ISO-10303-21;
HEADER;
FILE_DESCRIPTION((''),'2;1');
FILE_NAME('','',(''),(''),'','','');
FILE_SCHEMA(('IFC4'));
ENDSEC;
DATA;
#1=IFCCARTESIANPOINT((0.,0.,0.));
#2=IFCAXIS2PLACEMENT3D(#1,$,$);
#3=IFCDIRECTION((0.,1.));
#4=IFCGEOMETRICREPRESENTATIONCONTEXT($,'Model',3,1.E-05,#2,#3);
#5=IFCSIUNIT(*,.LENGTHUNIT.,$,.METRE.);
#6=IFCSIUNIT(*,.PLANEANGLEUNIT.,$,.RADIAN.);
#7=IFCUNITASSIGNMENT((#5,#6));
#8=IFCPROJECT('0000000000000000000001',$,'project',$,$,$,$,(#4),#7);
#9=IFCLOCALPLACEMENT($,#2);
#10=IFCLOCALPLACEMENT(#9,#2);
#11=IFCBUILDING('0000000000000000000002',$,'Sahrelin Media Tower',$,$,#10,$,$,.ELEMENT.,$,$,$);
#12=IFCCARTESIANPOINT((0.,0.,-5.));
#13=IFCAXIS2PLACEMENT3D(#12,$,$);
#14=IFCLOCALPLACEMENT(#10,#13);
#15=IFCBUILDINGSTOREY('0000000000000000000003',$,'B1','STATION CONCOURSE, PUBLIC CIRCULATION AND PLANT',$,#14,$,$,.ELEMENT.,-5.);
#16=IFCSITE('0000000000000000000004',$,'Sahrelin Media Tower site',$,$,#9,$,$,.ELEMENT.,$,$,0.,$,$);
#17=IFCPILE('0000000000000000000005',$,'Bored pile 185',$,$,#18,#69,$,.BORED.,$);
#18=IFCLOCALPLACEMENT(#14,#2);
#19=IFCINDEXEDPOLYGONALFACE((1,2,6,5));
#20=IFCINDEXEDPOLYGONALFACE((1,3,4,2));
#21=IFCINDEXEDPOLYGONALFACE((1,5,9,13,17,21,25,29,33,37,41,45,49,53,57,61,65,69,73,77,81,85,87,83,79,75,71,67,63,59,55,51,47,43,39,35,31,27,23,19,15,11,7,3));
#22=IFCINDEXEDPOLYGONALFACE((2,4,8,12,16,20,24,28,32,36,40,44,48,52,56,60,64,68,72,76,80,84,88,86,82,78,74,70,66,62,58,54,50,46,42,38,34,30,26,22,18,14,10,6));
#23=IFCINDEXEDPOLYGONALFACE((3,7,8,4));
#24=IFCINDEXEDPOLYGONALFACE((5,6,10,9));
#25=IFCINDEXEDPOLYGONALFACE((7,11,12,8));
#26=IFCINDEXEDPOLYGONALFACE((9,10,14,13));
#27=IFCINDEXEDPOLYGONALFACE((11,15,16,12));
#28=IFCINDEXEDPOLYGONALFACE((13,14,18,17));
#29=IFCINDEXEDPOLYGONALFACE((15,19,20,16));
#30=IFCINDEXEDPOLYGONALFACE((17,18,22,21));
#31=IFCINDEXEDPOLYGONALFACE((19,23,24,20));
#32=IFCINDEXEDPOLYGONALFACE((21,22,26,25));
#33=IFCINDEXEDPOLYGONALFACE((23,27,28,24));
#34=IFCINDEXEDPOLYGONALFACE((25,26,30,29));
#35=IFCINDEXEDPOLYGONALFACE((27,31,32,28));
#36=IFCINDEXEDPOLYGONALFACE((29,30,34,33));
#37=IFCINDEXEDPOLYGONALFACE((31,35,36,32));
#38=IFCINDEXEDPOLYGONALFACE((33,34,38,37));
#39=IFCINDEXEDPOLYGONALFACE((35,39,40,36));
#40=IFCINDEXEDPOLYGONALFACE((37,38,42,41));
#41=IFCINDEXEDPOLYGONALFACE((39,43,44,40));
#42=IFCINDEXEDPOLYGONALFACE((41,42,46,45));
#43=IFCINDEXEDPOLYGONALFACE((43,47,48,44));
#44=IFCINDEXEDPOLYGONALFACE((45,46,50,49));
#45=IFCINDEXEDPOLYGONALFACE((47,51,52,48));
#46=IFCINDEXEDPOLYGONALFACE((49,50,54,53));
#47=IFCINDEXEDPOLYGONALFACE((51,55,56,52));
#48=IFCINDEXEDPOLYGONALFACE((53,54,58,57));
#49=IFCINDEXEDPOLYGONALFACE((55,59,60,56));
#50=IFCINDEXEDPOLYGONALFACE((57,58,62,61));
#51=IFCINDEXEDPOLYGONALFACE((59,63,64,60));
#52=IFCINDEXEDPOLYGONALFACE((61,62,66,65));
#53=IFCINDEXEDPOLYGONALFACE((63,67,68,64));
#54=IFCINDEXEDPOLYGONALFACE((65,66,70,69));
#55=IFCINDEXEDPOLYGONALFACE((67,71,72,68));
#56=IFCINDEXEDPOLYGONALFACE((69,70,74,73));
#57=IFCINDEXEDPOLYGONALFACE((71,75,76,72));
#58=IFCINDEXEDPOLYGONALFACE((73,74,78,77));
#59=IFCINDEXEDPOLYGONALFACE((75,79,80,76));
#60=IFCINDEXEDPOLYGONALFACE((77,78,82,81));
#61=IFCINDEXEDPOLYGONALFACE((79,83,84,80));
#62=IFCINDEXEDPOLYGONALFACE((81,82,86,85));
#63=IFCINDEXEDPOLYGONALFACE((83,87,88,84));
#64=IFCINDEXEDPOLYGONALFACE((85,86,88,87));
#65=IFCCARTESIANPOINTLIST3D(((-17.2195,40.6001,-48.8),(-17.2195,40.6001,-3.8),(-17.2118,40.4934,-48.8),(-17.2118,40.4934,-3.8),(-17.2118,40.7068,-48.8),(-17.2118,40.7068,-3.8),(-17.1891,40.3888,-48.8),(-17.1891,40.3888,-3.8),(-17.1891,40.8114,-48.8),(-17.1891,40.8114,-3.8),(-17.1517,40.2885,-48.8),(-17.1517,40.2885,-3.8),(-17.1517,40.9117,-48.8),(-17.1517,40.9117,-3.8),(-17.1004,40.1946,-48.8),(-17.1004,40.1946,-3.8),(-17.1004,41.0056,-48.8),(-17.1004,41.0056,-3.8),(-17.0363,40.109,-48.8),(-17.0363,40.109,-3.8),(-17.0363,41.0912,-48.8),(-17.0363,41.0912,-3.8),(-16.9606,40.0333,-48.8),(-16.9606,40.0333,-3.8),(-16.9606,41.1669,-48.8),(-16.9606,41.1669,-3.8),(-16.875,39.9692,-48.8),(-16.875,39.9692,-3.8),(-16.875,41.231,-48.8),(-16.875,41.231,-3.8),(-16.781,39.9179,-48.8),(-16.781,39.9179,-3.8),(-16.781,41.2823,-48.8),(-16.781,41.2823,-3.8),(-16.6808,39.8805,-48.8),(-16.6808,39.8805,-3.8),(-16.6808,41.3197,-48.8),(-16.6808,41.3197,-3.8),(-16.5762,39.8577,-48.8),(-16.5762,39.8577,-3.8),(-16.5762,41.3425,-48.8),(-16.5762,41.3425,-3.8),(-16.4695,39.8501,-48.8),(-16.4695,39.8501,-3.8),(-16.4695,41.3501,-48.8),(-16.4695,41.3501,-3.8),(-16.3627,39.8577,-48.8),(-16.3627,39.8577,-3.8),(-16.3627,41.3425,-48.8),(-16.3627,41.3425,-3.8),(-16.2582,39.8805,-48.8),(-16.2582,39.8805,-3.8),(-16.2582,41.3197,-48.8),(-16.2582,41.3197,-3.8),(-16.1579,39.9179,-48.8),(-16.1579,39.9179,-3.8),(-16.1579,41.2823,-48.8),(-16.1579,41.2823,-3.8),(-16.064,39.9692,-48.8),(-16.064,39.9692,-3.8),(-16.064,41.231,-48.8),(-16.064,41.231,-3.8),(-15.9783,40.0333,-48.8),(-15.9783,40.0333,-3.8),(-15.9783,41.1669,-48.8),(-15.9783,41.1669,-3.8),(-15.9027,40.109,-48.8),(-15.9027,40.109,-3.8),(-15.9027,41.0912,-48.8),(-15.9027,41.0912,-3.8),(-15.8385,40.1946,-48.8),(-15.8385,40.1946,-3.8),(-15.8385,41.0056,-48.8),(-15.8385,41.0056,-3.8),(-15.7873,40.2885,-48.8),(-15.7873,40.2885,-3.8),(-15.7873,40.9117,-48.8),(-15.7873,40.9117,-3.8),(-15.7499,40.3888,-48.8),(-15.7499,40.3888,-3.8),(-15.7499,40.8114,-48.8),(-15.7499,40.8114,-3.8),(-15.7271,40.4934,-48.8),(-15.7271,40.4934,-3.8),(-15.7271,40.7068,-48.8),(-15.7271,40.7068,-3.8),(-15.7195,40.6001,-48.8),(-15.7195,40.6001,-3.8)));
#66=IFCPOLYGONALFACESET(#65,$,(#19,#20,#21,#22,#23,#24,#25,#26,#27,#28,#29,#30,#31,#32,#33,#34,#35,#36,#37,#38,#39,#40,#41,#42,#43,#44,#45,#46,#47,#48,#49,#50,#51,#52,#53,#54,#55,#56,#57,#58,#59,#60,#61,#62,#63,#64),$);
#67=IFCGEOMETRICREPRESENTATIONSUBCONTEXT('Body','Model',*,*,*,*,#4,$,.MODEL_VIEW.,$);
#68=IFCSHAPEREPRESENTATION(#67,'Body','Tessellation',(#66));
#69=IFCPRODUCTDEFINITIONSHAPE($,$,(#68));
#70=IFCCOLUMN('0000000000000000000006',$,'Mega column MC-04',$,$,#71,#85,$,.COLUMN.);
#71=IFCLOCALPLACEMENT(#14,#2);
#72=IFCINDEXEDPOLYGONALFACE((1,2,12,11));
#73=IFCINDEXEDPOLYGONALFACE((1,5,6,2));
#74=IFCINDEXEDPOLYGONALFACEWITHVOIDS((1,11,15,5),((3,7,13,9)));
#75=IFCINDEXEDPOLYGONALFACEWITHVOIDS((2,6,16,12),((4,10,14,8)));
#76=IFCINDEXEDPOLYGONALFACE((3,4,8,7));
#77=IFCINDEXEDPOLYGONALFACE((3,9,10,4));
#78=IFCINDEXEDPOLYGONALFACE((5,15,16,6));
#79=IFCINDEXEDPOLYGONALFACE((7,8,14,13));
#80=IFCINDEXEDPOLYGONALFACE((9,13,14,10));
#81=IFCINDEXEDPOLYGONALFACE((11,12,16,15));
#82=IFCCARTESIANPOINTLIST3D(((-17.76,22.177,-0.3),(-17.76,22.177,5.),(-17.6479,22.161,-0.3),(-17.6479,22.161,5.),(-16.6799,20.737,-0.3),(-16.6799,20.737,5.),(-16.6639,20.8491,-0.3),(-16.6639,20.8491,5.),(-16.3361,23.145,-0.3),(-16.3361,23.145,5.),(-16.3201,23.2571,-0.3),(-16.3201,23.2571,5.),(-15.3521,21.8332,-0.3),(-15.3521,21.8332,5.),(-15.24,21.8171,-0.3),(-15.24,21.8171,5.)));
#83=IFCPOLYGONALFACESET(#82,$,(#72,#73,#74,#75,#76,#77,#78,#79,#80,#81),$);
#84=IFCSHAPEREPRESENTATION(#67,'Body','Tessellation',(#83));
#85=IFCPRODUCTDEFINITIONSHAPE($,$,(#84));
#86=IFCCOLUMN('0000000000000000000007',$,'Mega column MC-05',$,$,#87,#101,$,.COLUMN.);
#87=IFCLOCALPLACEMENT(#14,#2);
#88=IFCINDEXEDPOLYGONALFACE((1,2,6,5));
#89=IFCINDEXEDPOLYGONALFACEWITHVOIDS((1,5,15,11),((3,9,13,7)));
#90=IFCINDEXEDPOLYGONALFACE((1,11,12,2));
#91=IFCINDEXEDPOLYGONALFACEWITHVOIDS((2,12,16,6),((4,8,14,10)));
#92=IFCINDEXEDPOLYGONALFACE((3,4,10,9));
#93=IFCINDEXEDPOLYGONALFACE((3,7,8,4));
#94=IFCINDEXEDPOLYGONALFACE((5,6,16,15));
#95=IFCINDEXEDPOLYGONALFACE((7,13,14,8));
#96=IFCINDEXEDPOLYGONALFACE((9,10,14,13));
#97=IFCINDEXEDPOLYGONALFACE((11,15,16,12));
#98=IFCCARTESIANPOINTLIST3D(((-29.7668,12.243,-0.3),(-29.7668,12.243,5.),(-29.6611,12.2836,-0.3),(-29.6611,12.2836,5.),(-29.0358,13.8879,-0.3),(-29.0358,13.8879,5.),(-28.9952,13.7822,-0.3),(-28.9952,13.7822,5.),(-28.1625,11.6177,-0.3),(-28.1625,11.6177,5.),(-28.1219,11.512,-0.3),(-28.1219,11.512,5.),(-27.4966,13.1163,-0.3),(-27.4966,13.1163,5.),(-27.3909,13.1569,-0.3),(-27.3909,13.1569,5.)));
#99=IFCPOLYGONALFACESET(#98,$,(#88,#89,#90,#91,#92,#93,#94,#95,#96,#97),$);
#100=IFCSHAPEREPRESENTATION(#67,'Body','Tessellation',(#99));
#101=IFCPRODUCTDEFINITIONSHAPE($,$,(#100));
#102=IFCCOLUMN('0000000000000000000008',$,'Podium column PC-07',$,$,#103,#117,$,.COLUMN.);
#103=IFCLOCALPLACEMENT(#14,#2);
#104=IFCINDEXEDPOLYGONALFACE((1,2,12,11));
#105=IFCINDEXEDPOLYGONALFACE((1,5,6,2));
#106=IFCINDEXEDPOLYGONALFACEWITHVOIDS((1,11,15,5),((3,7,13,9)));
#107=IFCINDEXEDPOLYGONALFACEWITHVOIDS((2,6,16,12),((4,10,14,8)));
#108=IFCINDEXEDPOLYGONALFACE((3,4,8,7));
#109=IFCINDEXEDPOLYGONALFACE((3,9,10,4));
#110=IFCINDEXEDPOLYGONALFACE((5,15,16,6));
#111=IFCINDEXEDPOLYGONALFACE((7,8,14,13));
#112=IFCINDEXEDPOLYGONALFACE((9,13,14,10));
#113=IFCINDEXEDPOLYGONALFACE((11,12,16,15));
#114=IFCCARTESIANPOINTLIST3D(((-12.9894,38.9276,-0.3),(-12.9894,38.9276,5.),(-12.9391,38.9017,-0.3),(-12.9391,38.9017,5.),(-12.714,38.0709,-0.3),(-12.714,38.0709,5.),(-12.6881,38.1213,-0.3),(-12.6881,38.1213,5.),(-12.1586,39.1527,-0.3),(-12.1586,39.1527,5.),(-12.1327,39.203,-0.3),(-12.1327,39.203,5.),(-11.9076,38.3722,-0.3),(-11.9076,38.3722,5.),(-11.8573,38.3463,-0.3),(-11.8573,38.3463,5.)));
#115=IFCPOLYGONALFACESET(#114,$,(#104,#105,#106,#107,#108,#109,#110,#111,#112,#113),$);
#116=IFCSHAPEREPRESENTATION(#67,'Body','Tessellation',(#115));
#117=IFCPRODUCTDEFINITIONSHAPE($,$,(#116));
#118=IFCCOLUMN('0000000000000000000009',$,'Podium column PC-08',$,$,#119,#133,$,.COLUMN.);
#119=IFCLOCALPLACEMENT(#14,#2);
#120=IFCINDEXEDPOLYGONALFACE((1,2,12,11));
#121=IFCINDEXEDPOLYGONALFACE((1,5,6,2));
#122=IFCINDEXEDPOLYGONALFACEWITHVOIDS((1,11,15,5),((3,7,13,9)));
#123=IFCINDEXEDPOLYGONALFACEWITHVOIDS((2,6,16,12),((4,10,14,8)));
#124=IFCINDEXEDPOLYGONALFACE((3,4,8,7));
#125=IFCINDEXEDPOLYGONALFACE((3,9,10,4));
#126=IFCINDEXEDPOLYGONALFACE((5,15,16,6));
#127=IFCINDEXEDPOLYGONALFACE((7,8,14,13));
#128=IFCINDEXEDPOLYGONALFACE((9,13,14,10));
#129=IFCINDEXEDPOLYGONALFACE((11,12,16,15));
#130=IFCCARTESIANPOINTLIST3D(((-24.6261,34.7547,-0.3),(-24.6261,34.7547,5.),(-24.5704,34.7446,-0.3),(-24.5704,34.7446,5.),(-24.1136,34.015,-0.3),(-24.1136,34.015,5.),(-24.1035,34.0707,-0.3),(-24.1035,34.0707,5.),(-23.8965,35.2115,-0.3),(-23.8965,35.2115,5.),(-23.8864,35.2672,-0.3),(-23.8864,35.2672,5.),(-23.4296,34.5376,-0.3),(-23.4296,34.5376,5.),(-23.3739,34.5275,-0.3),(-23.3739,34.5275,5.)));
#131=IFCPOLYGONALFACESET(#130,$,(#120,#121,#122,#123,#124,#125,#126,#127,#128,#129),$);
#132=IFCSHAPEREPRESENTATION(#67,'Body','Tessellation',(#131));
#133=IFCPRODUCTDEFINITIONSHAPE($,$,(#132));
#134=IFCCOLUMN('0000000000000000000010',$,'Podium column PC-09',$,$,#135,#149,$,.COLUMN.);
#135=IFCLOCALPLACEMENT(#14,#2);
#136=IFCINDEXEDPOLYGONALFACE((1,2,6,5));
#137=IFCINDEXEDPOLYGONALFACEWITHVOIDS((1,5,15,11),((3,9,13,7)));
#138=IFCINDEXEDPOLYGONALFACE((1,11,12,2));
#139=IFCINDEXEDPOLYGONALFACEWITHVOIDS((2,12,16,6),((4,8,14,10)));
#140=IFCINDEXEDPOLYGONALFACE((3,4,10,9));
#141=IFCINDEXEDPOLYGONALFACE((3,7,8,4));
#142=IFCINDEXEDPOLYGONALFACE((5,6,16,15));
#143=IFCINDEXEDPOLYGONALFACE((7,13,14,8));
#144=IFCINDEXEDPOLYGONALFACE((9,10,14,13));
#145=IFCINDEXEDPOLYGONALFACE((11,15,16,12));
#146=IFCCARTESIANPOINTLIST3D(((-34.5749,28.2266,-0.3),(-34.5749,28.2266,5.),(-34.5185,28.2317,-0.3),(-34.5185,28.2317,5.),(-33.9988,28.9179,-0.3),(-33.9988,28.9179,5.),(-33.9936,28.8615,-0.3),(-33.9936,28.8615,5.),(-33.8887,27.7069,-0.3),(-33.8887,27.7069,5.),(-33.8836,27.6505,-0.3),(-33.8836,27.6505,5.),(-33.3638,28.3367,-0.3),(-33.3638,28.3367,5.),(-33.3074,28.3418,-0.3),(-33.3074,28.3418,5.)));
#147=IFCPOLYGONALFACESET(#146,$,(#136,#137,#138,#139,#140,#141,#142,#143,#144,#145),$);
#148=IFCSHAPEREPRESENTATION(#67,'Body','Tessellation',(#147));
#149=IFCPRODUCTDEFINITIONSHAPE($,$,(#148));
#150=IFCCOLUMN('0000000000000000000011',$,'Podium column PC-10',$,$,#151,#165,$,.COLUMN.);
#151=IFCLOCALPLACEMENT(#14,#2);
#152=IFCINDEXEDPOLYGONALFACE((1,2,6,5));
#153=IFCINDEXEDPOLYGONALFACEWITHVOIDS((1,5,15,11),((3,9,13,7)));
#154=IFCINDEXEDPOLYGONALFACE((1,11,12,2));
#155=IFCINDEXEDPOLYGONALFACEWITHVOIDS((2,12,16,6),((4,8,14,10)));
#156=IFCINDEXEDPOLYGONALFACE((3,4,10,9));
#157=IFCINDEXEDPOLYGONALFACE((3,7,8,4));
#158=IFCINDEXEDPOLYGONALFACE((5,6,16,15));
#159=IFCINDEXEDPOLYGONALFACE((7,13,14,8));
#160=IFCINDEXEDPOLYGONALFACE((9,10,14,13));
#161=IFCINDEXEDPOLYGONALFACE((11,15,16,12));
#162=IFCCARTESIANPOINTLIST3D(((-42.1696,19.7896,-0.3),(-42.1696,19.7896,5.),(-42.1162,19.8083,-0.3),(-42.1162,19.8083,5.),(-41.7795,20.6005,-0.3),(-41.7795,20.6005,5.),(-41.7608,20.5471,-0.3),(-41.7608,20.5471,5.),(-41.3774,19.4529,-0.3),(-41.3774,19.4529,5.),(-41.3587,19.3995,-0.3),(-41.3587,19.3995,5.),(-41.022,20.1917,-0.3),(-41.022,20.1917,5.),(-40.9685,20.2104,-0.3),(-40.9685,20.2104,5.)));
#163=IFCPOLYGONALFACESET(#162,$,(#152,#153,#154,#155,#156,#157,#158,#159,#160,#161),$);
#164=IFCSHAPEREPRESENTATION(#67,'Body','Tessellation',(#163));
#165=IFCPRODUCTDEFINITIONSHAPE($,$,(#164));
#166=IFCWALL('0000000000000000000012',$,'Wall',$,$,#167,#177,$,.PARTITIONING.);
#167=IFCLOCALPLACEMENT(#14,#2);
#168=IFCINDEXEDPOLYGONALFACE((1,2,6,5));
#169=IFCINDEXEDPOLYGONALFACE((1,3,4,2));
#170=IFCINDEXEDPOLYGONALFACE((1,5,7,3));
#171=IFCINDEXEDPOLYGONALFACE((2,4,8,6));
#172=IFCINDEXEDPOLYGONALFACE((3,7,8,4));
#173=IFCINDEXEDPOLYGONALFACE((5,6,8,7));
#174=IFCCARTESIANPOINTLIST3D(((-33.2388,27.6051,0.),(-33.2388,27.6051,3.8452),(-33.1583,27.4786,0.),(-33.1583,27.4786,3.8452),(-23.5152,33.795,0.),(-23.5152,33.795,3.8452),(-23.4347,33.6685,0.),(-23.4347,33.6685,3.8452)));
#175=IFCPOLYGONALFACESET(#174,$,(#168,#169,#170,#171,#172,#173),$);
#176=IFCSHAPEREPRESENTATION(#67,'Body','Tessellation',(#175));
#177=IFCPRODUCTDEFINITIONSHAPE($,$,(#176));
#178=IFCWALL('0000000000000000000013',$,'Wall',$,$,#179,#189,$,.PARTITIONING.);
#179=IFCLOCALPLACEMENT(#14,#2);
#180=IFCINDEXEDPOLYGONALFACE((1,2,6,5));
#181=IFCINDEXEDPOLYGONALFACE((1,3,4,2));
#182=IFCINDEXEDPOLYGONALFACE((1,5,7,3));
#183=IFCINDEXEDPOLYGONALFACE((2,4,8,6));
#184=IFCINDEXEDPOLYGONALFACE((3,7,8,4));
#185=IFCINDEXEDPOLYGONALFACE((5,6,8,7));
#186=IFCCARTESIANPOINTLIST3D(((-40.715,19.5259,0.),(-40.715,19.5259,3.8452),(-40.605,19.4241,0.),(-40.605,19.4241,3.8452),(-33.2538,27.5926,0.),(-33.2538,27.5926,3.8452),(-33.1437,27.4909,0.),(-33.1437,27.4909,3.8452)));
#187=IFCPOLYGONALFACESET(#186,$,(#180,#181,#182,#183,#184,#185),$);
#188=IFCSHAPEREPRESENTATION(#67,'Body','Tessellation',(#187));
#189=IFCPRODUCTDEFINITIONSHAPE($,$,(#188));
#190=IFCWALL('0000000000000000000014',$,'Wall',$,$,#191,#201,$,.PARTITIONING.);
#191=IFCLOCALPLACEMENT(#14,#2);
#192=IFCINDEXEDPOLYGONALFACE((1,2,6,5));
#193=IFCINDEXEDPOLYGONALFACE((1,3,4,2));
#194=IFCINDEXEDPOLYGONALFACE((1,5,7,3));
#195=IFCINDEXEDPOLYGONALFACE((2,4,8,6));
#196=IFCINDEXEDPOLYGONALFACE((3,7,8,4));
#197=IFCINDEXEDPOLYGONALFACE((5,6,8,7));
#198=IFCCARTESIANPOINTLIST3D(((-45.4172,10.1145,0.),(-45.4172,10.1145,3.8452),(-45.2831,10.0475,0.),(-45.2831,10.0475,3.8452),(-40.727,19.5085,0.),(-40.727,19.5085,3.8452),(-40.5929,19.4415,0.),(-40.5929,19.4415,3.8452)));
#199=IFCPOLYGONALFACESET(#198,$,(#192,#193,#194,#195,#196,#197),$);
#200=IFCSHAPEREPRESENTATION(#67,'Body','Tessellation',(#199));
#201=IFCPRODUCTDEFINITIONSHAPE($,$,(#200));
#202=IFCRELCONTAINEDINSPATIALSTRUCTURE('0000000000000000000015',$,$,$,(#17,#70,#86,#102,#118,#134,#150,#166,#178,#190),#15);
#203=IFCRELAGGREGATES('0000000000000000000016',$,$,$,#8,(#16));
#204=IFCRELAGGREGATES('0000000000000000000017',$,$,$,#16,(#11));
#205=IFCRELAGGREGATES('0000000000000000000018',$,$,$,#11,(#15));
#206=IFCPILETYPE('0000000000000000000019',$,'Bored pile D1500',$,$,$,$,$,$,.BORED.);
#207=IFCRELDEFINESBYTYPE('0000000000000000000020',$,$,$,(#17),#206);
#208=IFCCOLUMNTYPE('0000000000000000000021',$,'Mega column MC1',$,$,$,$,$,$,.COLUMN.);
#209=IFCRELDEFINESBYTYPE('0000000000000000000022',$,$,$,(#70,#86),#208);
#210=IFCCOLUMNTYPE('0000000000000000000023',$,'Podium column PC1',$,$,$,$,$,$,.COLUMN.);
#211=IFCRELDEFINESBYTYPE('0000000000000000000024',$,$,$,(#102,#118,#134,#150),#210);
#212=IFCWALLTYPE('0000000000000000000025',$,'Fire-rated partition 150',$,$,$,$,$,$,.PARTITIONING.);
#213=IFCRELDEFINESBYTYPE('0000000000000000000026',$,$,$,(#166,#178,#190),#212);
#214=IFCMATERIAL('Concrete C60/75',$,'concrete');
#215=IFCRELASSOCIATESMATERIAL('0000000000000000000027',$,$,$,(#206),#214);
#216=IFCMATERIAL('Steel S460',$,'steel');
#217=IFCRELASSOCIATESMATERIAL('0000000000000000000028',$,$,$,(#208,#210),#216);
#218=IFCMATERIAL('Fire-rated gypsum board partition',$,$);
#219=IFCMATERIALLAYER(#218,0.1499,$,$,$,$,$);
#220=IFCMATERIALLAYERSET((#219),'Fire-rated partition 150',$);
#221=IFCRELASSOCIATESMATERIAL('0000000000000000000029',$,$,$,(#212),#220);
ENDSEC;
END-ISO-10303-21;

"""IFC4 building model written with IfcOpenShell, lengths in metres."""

from ifc_helpers import new_model, si_unit, direction, frame, frame_2d, origin, origin_2d, place, context, subcontext, project, spatial, rectangle, hollow_rectangle, circle, extrude, material, layer, layer_set, material_profile, profile_set, type_object, element, save


model = new_model("IFC4")

# Units and contexts
model_context = context("Model", 3, precision=1e-05, world=origin(), true_north=direction((0.0, 1.0)))
body_context = subcontext(model_context, "Body", "Model", "MODEL_VIEW")
ifc_project = project(units=[si_unit("LENGTHUNIT", "METRE"), si_unit("PLANEANGLEUNIT", "RADIAN")], contexts=[model_context])

# Site, building, storey
site_placement = place(None, origin())
site = spatial("IfcSite", under=ifc_project, at=site_placement, Name="Sahrelin Media Tower site", CompositionType="ELEMENT", RefElevation=0.0)
building_placement = place(site_placement, origin())
building = spatial("IfcBuilding", under=site, at=building_placement, Name="Sahrelin Media Tower", CompositionType="ELEMENT")
storey_placement = place(building_placement, frame((0.0, 0.0, -5.0)))
storey = spatial("IfcBuildingStorey", under=building, at=storey_placement, Name="B1", Description="STATION CONCOURSE, PUBLIC CIRCULATION AND PLANT", CompositionType="ELEMENT", Elevation=-5.0)

# Pile
ifc_material_1 = material(Name="Concrete C60/75", Category="concrete")
ifc_material_profile_1 = material_profile(ifc_material_1, circle(Radius=0.75, at=origin_2d()), Name="Bored pile D1500")
ifc_profile_set_1 = profile_set([ifc_material_profile_1], Name="Concrete C60/75")
pile_type = type_object("IfcPileType", Name="Bored pile D1500", PredefinedType="BORED", material=ifc_profile_set_1)
for number, where, z_axis, x_axis, name in (
    (1, (-16.4695, 40.6001, -3.8), (0.0, 0.0, -1.0), (1.0, 0.0, 0.0), "Bored pile 185"),
):
    element("IfcPile", number, at=place(storey_placement, frame(where, z_axis=z_axis, x_axis=x_axis)), inside=storey, type_object=pile_type, Name=name, PredefinedType="BORED", context=body_context, shape_type="SweptSolid", body=[
        extrude(circle(Radius=0.75, at=origin_2d()), origin(), (0.0, 0.0, 1.0), 45.0),
    ])

# Columns
ifc_material_2 = material(Name="Steel S460", Category="steel")
ifc_material_profile_2 = material_profile(ifc_material_2, hollow_rectangle(XDim=1.8, YDim=1.8, WallThickness=0.0801, at=origin_2d()), Name="Mega column MC1")
ifc_profile_set_2 = profile_set([ifc_material_profile_2], Name="Steel S460")
column_type_1 = type_object("IfcColumnType", Name="Mega column MC1", PredefinedType="COLUMN", material=ifc_profile_set_2)
for number, where, z_axis, x_axis, name in (
    (2, (-16.5, 21.9971, -0.3), (0.0, 0.0, 1.0), (-0.600052, 0.799961, 0.0), "Mega column MC-04"),
    (3, (-28.5789, 12.7, -0.3), (0.0, 0.0, 1.0), (-0.913831, 0.406094, 0.0), "Mega column MC-05"),
):
    element("IfcColumn", number, at=place(storey_placement, frame(where, z_axis=z_axis, x_axis=x_axis)), inside=storey, type_object=column_type_1, Name=name, PredefinedType="COLUMN", context=body_context, shape_type="SweptSolid", body=[
        extrude(hollow_rectangle(XDim=1.8, YDim=1.8, WallThickness=0.0801, at=origin_2d()), origin(), (0.0, 0.0, 1.0), 5.3),
    ])
ifc_material_profile_3 = material_profile(ifc_material_2, hollow_rectangle(XDim=0.8999, YDim=0.8999, WallThickness=0.04, at=origin_2d()), Name="Podium column PC1")
ifc_profile_set_3 = profile_set([ifc_material_profile_3], Name="Steel S460")
column_type_2 = type_object("IfcColumnType", Name="Podium column PC1", PredefinedType="COLUMN", material=ifc_profile_set_3)
for number, where, z_axis, x_axis, name in (
    (4, (-12.4233, 38.637, -0.3), (0.0, 0.0, 1.0), (-0.306104, 0.951998, 0.0), "Podium column PC-07"),
    (5, (-24.0, 34.6411, -0.3), (0.0, 0.0, 1.0), (-0.569495, 0.821995, 0.0), "Podium column PC-08"),
    (6, (-33.9412, 28.2842, -0.3), (0.0, 0.0, 1.0), (-0.768221, 0.640185, 0.0), "Podium column PC-09"),
    (7, (-41.5691, 20.0, -0.3), (0.0, 0.0, 1.0), (-0.901127, 0.433555, 0.0), "Podium column PC-10"),
):
    element("IfcColumn", number, at=place(storey_placement, frame(where, z_axis=z_axis, x_axis=x_axis)), inside=storey, type_object=column_type_2, Name=name, PredefinedType="COLUMN", context=body_context, shape_type="SweptSolid", body=[
        extrude(hollow_rectangle(XDim=0.8999, YDim=0.8999, WallThickness=0.04, at=origin_2d()), origin(), (0.0, 0.0, 1.0), 5.3),
    ])

# Walls
ifc_material_3 = material(Name="Fire-rated gypsum board partition")
ifc_layer = layer(ifc_material_3, 0.1499)
ifc_layer_set = layer_set([ifc_layer], Name="Fire-rated partition 150")
wall_type = type_object("IfcWallType", Name="Fire-rated partition 150", PredefinedType="PARTITIONING", material=ifc_layer_set)
wall_1_placement = place(storey_placement, frame((-23.4751, 33.7317, 0.0), z_axis=(0.0, 0.0, 1.0), x_axis=(-0.843576, -0.53701, 0.0)))
element("IfcWall", 8, at=wall_1_placement, inside=storey, type_object=wall_type, Name="Wall", PredefinedType="PARTITIONING", context=body_context, shape_type="SweptSolid", body=[
    extrude(rectangle(XDim=11.5266, YDim=0.1499, at=frame_2d((5.7632, 0.0))), origin(), (0.0, 0.0, 1.0), 3.8452),
])
wall_2_placement = place(storey_placement, frame((-33.1987, 27.5417, 0.0), z_axis=(0.0, 0.0, 1.0), x_axis=(-0.679019, -0.734121, 0.0)))
element("IfcWall", 9, at=wall_2_placement, inside=storey, type_object=wall_type, Name="Wall", PredefinedType="PARTITIONING", context=body_context, shape_type="SweptSolid", body=[
    extrude(rectangle(XDim=10.9883, YDim=0.1499, at=frame_2d((5.4941, 0.0))), origin(), (0.0, 0.0, 1.0), 3.8452),
])
wall_3_placement = place(storey_placement, frame((-40.6599, 19.4751, 0.0), z_axis=(0.0, 0.0, 1.0), x_axis=(-0.446693, -0.894687, 0.0)))
element("IfcWall", 10, at=wall_3_placement, inside=storey, type_object=wall_type, Name="Wall", PredefinedType="PARTITIONING", context=body_context, shape_type="SweptSolid", body=[
    extrude(rectangle(XDim=10.4998, YDim=0.1499, at=frame_2d((5.25, 0.0))), origin(), (0.0, 0.0, 1.0), 3.8452),
])

save(model, "model.ifc")
